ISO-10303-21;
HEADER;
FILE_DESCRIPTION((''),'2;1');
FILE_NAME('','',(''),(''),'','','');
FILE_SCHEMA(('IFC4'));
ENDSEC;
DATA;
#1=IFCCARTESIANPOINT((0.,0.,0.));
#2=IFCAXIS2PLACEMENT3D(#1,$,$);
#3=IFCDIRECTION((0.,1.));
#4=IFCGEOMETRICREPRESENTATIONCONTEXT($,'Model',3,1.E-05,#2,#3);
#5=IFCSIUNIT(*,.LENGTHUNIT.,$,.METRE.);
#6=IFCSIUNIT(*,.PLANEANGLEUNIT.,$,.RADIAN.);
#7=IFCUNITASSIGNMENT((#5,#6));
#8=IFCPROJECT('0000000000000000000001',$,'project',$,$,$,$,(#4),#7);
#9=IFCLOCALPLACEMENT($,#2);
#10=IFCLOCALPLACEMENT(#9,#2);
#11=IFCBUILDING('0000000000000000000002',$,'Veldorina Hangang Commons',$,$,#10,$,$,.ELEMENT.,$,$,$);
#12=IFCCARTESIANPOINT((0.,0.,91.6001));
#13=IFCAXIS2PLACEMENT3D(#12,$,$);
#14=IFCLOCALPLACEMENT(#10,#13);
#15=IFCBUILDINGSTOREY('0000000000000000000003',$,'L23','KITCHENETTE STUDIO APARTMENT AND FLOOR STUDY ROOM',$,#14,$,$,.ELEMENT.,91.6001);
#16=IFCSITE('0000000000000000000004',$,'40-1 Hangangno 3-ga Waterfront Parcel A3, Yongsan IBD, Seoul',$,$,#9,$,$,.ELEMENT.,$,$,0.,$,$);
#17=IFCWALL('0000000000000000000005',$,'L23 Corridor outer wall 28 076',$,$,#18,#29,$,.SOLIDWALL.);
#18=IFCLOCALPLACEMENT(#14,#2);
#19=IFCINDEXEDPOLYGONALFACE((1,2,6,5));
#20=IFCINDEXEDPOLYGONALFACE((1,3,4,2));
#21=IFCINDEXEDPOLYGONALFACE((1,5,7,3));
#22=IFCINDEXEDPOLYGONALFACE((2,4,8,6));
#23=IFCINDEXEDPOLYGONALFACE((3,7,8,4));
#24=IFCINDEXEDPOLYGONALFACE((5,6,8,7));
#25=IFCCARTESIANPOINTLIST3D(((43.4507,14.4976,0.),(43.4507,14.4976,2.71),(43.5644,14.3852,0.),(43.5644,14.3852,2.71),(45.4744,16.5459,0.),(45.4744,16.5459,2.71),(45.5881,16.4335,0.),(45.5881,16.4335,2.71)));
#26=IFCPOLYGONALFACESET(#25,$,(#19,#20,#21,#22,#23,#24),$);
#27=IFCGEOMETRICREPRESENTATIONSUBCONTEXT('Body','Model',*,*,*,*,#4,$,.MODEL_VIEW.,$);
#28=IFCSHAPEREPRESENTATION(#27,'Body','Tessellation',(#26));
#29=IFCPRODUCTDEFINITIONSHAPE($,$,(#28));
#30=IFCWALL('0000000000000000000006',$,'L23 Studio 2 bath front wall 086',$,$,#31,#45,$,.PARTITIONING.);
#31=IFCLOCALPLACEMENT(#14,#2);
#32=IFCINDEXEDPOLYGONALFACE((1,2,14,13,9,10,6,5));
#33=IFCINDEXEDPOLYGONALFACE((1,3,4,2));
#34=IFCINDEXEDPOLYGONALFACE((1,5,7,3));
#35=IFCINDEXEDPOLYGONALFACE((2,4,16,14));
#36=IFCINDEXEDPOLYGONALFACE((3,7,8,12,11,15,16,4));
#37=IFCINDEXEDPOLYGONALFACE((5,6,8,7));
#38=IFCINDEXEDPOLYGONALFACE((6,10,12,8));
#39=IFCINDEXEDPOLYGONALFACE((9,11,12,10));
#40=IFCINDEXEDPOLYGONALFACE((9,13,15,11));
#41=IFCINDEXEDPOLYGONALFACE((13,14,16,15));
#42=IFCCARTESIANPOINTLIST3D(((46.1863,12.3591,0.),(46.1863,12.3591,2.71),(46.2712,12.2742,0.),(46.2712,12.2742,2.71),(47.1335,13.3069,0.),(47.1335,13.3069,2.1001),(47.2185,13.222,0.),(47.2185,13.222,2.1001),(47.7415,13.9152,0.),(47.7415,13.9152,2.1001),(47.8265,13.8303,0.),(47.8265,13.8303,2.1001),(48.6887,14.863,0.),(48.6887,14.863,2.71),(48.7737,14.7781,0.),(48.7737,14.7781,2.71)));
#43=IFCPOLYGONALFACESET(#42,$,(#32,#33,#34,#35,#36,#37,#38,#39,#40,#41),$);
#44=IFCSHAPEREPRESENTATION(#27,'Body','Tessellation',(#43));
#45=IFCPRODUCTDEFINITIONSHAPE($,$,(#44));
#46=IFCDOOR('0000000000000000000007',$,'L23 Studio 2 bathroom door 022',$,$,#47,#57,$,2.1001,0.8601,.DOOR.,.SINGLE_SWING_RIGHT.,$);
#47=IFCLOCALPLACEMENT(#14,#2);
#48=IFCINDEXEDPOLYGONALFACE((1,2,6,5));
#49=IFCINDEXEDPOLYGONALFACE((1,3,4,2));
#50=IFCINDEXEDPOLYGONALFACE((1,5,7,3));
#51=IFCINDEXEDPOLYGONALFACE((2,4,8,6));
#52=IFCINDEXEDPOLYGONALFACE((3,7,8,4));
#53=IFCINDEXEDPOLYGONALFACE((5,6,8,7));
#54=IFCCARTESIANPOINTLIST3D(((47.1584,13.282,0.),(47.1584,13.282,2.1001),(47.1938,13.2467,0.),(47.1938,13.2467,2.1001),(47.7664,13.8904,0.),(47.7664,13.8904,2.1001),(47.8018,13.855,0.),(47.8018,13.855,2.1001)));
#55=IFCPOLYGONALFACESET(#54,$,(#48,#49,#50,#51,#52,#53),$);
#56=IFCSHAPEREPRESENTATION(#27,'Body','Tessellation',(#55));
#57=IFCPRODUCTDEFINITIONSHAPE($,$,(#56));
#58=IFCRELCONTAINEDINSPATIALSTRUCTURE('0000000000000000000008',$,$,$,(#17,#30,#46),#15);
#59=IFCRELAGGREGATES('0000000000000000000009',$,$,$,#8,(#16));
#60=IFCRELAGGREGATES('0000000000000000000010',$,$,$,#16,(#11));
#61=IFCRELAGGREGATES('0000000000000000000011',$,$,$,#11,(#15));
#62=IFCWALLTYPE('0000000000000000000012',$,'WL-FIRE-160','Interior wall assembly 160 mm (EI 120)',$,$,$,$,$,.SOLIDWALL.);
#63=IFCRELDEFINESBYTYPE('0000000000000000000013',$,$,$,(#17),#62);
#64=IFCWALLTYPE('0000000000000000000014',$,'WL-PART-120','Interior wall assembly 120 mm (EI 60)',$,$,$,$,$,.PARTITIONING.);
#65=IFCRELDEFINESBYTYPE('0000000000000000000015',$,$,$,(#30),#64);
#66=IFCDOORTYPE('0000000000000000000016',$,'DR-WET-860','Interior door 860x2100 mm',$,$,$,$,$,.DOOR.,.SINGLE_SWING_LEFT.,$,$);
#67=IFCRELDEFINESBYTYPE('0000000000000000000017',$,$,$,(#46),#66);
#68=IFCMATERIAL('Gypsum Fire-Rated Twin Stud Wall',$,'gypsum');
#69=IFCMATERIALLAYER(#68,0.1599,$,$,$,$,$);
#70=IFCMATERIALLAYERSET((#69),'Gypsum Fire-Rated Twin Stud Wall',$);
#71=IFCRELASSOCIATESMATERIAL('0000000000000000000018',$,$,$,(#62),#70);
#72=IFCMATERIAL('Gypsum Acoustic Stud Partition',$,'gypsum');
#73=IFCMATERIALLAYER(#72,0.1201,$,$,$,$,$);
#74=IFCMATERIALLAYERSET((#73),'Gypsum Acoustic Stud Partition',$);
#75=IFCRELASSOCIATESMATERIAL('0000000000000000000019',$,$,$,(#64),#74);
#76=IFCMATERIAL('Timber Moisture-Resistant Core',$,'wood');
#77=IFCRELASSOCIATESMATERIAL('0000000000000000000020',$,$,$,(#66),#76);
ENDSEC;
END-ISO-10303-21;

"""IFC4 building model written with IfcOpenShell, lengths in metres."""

from ifc_helpers import new_model, si_unit, direction, frame, frame_2d, origin, place, context, subcontext, project, spatial, rectangle, extrude, material, layer, layer_set, type_object, element, fill, save


model = new_model("IFC4")

# Units and contexts
model_context = context("Model", 3, precision=1e-05, world=origin(), true_north=direction((0.0, 1.0)))
body_context = subcontext(model_context, "Body", "Model", "MODEL_VIEW")
ifc_project = project(units=[si_unit("LENGTHUNIT", "METRE"), si_unit("PLANEANGLEUNIT", "RADIAN")], contexts=[model_context])

# Site, building, storey
site_placement = place(None, origin())
site = spatial("IfcSite", under=ifc_project, at=site_placement, Name="40-1 Hangangno 3-ga Waterfront Parcel A3, Yongsan IBD, Seoul", CompositionType="ELEMENT", RefElevation=0.0)
building_placement = place(site_placement, origin())
building = spatial("IfcBuilding", under=site, at=building_placement, Name="Veldorina Hangang Commons", CompositionType="ELEMENT")
storey_placement = place(building_placement, frame((0.0, 0.0, 91.6001)))
storey = spatial("IfcBuildingStorey", under=building, at=storey_placement, Name="L23", Description="KITCHENETTE STUDIO APARTMENT AND FLOOR STUDY ROOM", CompositionType="ELEMENT", Elevation=91.6001)

# Wall
ifc_material_1 = material(Name="Gypsum Fire-Rated Twin Stud Wall", Category="gypsum")
ifc_layer_1 = layer(ifc_material_1, 0.1599)
ifc_layer_set_1 = layer_set([ifc_layer_1], Name="Gypsum Fire-Rated Twin Stud Wall")
wall_type_1 = type_object("IfcWallType", Name="WL-FIRE-160", Description="Interior wall assembly 160 mm (EI 120)", PredefinedType="SOLIDWALL", material=ifc_layer_set_1)
wall_1_placement = place(storey_placement, frame((43.5076, 14.4414, 0.0), z_axis=(0.0, 0.0, 1.0), x_axis=(0.702812, 0.711376, 0.0)))
element("IfcWall", 1, at=wall_1_placement, inside=storey, type_object=wall_type_1, Name="L23 Corridor outer wall 28 076", PredefinedType="SOLIDWALL", context=body_context, shape_type="SweptSolid", body=[
    extrude(rectangle(XDim=2.8794, YDim=0.1599, at=frame_2d((1.4397, 0.0))), origin(), (0.0, 0.0, 1.0), 2.71),
])

# Wall, opening, door
ifc_material_2 = material(Name="Gypsum Acoustic Stud Partition", Category="gypsum")
ifc_layer_2 = layer(ifc_material_2, 0.1201)
ifc_layer_set_2 = layer_set([ifc_layer_2], Name="Gypsum Acoustic Stud Partition")
wall_type_2 = type_object("IfcWallType", Name="WL-PART-120", Description="Interior wall assembly 120 mm (EI 60)", PredefinedType="PARTITIONING", material=ifc_layer_set_2)
wall_2_placement = place(storey_placement, frame((46.2288, 12.3167, 0.0), z_axis=(0.0, 0.0, 1.0), x_axis=(0.7069, 0.707314, 0.0)))
wall_2 = element("IfcWall", 2, at=wall_2_placement, inside=storey, type_object=wall_type_2, Name="L23 Studio 2 bath front wall 086", PredefinedType="PARTITIONING", context=body_context, shape_type="SweptSolid", body=[
    extrude(rectangle(XDim=3.54, YDim=0.1201, at=frame_2d((1.77, 0.0))), origin(), (0.0, 0.0, 1.0), 2.71),
])
opening_placement = place(wall_2_placement, frame((1.3398, 0.0, 0.0)))
opening = element("IfcOpeningElement", 3, at=opening_placement, cuts=wall_2, PredefinedType="OPENING", context=body_context, shape_type="SweptSolid", body=[
    extrude(rectangle(XDim=0.8601, YDim=2.1001, at=frame_2d((0.4302, 1.05))), frame((0.0, 0.0701, 0.0), z_axis=(0.0, -1.0, 0.0), x_axis=(1.0, 0.0, 0.0)), (0.0, 0.0, 1.0), 0.1401),
])
ifc_material_3 = material(Name="Timber Moisture-Resistant Core", Category="wood")
door_type = type_object("IfcDoorType", Name="DR-WET-860", Description="Interior door 860x2100 mm", OperationType="SINGLE_SWING_LEFT", PredefinedType="DOOR", material=ifc_material_3)
door_placement = place(opening_placement, origin())
door = element("IfcDoor", 4, at=door_placement, inside=storey, type_object=door_type, Name="L23 Studio 2 bathroom door 022", OperationType="SINGLE_SWING_RIGHT", OverallHeight=2.1001, OverallWidth=0.8601, PredefinedType="DOOR", context=body_context, shape_type="SweptSolid", body=[
    extrude(rectangle(XDim=0.8601, YDim=2.1001, at=frame_2d((0.4302, 1.05))), frame((0.0, 0.0249, 0.0), z_axis=(0.0, -1.0, 0.0), x_axis=(1.0, 0.0, 0.0)), (0.0, 0.0, 1.0), 0.05),
])
fill(opening, door)

save(model, "model.ifc")
